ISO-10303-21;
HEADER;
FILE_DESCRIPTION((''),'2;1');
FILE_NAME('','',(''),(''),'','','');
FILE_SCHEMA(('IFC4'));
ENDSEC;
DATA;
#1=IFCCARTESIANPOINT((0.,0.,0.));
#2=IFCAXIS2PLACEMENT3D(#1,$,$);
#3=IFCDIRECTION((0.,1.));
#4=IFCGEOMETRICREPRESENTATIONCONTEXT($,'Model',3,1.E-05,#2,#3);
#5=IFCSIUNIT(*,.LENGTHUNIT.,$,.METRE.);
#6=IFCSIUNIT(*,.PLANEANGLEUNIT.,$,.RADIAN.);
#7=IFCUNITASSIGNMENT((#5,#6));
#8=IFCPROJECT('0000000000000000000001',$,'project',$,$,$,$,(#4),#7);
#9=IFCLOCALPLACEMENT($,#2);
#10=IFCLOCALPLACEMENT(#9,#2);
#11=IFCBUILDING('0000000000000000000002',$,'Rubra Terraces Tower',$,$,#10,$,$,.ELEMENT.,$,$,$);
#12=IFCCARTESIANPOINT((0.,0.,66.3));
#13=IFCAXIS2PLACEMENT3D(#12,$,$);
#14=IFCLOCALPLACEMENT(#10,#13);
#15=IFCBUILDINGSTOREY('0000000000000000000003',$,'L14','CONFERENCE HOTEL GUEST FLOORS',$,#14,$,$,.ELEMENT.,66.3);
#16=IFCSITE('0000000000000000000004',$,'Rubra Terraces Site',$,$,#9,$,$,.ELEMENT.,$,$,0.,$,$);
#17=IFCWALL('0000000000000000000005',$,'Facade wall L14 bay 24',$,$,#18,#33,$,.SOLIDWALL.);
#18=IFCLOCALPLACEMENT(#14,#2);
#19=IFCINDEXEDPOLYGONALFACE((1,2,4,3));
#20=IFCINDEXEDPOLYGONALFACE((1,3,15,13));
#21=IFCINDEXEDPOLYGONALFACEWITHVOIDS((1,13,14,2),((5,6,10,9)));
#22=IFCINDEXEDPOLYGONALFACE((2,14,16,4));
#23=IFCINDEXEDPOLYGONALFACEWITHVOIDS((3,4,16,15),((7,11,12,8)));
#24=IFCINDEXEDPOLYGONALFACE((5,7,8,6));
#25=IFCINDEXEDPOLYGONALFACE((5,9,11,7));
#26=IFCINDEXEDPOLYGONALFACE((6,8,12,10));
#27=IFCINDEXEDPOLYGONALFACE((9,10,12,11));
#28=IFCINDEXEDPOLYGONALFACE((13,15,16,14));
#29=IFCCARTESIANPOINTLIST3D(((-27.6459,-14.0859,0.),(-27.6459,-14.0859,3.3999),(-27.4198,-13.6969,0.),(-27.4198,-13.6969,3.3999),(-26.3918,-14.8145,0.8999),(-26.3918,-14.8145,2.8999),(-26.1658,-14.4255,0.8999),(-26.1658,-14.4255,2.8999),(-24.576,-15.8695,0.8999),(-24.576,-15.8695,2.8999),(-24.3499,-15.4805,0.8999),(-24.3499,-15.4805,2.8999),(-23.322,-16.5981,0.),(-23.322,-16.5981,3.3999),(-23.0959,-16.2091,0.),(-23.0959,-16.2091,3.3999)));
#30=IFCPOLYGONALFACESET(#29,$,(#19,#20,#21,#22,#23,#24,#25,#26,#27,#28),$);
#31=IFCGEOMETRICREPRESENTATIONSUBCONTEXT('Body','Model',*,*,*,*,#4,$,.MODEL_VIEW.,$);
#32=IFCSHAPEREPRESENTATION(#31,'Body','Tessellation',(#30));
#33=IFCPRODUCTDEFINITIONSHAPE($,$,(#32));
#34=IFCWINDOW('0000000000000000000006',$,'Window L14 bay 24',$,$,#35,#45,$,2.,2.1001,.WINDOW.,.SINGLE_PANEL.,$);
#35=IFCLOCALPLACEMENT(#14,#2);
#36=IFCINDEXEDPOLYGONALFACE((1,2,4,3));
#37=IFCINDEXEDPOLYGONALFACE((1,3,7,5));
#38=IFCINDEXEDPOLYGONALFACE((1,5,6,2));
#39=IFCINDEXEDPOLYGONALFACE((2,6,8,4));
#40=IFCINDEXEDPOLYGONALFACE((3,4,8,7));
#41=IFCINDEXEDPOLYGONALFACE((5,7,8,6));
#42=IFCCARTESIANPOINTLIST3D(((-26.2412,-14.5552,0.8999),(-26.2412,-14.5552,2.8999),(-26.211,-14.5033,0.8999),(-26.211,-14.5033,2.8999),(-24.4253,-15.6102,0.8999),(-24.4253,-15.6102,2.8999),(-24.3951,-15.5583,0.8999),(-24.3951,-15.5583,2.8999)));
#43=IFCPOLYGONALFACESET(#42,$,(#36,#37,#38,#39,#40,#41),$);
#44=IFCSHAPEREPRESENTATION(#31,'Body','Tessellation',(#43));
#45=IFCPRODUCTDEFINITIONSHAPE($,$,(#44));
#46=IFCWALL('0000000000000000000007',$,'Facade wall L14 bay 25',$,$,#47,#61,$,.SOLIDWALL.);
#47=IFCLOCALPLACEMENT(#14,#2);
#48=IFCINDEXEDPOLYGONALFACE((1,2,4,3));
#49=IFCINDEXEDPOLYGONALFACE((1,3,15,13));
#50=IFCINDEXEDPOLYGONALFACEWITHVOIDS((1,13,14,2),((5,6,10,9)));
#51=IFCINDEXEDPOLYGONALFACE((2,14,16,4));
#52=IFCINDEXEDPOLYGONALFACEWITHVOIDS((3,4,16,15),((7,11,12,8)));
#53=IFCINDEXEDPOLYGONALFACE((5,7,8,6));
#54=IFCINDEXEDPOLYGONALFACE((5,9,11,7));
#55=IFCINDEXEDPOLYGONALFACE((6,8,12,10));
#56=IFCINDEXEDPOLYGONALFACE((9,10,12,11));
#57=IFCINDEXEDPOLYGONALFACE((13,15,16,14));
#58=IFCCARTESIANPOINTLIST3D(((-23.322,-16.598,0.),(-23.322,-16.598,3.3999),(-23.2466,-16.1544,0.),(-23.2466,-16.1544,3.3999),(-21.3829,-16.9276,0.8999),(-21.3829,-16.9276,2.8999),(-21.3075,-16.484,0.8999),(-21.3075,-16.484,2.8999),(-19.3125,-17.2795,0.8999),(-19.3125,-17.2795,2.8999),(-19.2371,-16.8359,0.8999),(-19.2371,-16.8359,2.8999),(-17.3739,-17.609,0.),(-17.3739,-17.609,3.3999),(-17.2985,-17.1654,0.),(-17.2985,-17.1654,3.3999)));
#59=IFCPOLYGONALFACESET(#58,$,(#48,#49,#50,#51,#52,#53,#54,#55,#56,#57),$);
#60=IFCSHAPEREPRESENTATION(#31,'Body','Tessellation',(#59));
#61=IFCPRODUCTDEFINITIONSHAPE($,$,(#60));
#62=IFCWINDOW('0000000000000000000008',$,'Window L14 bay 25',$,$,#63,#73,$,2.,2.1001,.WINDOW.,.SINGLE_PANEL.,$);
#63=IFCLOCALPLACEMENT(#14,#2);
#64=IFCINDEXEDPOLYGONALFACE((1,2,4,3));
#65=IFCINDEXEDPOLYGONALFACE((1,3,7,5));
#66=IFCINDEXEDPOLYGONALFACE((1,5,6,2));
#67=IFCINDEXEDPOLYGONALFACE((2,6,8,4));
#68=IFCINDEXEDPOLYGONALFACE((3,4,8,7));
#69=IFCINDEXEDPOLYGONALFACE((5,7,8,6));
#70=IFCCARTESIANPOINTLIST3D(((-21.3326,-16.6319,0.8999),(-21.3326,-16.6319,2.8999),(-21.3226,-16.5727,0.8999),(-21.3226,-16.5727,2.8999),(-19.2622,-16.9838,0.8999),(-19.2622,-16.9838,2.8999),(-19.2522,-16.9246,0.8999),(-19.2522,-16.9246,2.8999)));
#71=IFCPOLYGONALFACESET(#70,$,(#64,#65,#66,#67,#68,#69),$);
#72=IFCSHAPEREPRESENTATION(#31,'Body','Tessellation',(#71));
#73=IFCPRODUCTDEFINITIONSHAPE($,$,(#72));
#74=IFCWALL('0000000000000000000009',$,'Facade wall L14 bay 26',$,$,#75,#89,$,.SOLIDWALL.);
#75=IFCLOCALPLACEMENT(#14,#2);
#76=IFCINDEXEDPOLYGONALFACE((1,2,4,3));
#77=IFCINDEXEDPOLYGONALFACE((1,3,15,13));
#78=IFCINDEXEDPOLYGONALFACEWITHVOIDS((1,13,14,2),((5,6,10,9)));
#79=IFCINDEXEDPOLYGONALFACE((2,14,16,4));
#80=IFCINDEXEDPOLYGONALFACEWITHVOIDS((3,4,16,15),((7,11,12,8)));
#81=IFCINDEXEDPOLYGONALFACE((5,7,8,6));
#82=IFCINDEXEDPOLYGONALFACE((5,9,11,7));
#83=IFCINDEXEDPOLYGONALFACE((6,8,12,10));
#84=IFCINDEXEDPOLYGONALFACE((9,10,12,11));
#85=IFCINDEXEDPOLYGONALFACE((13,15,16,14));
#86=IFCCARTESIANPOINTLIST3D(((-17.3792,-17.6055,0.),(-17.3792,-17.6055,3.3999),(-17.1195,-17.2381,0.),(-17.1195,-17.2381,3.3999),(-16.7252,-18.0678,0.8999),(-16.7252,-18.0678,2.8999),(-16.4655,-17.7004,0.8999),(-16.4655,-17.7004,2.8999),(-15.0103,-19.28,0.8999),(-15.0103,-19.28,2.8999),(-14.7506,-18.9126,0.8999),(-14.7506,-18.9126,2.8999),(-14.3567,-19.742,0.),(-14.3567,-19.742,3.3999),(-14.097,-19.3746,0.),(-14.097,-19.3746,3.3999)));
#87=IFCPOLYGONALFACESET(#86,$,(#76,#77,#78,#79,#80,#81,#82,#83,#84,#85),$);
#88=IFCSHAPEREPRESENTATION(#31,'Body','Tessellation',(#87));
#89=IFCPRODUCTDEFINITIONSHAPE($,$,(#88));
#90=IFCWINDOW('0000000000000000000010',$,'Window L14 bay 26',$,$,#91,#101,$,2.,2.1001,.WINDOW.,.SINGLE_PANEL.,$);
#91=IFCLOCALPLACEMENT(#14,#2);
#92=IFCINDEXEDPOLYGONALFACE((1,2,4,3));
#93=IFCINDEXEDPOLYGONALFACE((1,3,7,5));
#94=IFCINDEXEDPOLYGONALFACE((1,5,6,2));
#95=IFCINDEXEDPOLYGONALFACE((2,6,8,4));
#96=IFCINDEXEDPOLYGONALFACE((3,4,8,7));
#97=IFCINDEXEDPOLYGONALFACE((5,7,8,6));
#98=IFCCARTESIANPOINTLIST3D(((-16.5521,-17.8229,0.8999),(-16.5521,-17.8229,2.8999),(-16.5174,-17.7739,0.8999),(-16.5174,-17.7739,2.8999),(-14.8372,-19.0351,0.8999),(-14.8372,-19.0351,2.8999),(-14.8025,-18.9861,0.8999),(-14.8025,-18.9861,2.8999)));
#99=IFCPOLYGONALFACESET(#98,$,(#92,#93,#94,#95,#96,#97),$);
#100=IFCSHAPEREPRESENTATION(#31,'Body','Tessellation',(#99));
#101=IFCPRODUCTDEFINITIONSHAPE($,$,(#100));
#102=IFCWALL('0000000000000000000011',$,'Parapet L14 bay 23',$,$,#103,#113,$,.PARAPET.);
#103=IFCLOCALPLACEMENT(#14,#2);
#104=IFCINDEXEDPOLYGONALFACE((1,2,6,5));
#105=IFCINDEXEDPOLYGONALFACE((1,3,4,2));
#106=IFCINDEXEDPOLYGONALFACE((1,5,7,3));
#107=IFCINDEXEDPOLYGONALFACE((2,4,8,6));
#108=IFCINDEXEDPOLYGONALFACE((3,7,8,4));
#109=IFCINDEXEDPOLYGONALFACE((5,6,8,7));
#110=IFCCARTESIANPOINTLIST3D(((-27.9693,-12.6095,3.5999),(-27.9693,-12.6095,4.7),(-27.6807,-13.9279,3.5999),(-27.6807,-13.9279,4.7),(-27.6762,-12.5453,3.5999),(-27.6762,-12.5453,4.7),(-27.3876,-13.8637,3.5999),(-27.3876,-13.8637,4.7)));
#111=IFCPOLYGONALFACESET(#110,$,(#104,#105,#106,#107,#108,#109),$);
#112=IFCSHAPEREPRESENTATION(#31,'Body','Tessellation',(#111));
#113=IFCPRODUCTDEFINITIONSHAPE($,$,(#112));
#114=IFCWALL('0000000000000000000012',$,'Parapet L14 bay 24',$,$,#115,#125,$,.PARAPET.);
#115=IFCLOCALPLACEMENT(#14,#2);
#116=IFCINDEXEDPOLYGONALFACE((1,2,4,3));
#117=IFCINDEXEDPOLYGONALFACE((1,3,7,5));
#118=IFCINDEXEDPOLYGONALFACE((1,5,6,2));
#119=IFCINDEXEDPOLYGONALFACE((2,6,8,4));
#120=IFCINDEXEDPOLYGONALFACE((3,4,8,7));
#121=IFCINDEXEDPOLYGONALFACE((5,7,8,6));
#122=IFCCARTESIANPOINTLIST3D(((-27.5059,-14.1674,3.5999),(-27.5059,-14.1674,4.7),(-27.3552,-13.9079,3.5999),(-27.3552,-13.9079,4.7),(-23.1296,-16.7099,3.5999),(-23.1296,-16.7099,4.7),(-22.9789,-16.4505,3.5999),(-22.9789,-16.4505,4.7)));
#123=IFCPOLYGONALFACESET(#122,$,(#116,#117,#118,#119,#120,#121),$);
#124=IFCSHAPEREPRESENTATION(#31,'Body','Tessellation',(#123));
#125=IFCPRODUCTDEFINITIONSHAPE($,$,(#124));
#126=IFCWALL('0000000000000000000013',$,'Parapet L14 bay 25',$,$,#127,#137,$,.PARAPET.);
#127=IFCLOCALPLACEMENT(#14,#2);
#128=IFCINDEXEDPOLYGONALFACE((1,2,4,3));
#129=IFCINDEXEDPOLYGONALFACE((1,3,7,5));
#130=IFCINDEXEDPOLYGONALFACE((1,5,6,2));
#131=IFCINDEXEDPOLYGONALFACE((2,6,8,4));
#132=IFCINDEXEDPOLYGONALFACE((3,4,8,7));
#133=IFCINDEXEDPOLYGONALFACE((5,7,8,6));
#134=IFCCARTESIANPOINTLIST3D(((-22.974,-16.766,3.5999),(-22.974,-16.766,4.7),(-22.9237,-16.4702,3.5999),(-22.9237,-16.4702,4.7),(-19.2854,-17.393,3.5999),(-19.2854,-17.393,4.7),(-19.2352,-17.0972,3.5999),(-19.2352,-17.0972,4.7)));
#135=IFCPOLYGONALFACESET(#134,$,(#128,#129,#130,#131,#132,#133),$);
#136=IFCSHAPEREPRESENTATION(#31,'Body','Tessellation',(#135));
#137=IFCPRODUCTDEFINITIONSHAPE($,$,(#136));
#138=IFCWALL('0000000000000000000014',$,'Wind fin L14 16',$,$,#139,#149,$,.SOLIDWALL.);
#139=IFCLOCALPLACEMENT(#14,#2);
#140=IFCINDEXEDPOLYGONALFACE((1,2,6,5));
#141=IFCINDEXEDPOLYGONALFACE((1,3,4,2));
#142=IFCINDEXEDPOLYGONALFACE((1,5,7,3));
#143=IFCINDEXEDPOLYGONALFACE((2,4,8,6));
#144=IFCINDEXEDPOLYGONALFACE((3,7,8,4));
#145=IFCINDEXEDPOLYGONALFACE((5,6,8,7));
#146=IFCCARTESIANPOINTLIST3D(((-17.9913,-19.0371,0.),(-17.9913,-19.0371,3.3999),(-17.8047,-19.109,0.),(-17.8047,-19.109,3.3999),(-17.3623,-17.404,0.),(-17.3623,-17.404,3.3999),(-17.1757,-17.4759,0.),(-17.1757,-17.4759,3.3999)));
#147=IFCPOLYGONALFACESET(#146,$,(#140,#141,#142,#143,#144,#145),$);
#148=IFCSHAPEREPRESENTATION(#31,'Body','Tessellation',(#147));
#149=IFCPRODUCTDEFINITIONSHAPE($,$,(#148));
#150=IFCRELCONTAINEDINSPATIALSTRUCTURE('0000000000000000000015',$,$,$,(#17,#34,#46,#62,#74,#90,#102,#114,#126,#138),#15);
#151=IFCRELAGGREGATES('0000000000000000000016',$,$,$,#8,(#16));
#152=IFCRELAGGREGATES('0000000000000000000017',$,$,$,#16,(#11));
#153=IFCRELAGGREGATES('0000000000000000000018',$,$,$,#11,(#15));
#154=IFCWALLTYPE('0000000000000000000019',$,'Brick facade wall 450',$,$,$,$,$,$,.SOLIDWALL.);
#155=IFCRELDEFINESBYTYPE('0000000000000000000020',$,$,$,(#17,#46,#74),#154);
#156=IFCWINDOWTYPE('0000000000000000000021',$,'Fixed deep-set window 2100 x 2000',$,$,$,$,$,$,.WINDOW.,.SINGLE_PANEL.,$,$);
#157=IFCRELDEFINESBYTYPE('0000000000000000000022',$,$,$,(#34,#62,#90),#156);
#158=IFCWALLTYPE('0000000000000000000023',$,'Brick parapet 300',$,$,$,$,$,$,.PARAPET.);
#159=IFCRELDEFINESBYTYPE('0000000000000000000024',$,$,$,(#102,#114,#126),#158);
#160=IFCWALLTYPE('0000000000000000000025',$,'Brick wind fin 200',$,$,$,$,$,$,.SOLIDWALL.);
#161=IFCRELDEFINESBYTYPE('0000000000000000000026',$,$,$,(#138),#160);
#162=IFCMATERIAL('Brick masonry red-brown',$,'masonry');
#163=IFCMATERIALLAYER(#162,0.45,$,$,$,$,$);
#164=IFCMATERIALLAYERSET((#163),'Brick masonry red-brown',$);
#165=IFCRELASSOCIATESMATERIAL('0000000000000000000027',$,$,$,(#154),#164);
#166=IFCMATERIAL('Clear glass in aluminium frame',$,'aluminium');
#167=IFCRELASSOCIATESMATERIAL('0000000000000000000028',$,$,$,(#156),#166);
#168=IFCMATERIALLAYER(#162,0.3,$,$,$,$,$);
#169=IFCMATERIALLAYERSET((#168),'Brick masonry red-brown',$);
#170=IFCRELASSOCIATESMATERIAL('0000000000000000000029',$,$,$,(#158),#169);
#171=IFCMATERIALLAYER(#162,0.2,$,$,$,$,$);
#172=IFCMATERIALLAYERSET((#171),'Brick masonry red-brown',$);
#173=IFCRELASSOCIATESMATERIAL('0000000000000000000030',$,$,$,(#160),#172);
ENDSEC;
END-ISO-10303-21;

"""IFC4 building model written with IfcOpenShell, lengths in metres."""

from ifc_helpers import new_model, si_unit, direction, frame, frame_2d, origin, place, context, subcontext, project, spatial, rectangle, extrude, material, layer, layer_set, type_object, element, fill, save


model = new_model("IFC4")

# Units and contexts
model_context = context("Model", 3, precision=1e-05, world=origin(), true_north=direction((0.0, 1.0)))
body_context = subcontext(model_context, "Body", "Model", "MODEL_VIEW")
ifc_project = project(units=[si_unit("LENGTHUNIT", "METRE"), si_unit("PLANEANGLEUNIT", "RADIAN")], contexts=[model_context])

# Site, building, storey
site_placement = place(None, origin())
site = spatial("IfcSite", under=ifc_project, at=site_placement, Name="Rubra Terraces Site", CompositionType="ELEMENT", RefElevation=0.0)
building_placement = place(site_placement, origin())
building = spatial("IfcBuilding", under=site, at=building_placement, Name="Rubra Terraces Tower", CompositionType="ELEMENT")
storey_placement = place(building_placement, frame((0.0, 0.0, 66.3)))
storey = spatial("IfcBuildingStorey", under=building, at=storey_placement, Name="L14", Description="CONFERENCE HOTEL GUEST FLOORS", CompositionType="ELEMENT", Elevation=66.3)

# Walls, openings, windows
ifc_material_1 = material(Name="Brick masonry red-brown", Category="masonry")
ifc_layer_1 = layer(ifc_material_1, 0.45)
ifc_layer_set_1 = layer_set([ifc_layer_1], Name="Brick masonry red-brown")
wall_type_1 = type_object("IfcWallType", Name="Brick facade wall 450", PredefinedType="SOLIDWALL", material=ifc_layer_set_1)
wall_1_placement = place(storey_placement, frame((-27.533, -13.8914, 0.0), z_axis=(0.0, 0.0, 1.0), x_axis=(0.864658, -0.502362, 0.0)))
wall_1 = element("IfcWall", 1, at=wall_1_placement, inside=storey, type_object=wall_type_1, Name="Facade wall L14 bay 24", PredefinedType="SOLIDWALL", context=body_context, shape_type="SweptSolid", body=[
    extrude(rectangle(XDim=5.0007, YDim=0.45, at=frame_2d((2.5005, 0.0))), origin(), (0.0, 0.0, 1.0), 3.3999),
])
opening_1_placement = place(wall_1_placement, frame((1.4504, 0.0, 0.8999)))
opening_1 = element("IfcOpeningElement", 2, at=opening_1_placement, cuts=wall_1, PredefinedType="OPENING", context=body_context, shape_type="SweptSolid", body=[
    extrude(rectangle(XDim=2.1001, YDim=2.0, at=frame_2d((1.05, 1.0))), frame((0.0, 0.2349, 0.0), z_axis=(0.0, -1.0, 0.0), x_axis=(1.0, 0.0, 0.0)), (0.0, 0.0, 1.0), 0.47),
])
ifc_material_2 = material(Name="Clear glass in aluminium frame", Category="aluminium")
window_type = type_object("IfcWindowType", Name="Fixed deep-set window 2100 x 2000", PartitioningType="SINGLE_PANEL", PredefinedType="WINDOW", material=ifc_material_2)
window_1_placement = place(opening_1_placement, origin())
window_1 = element("IfcWindow", 3, at=window_1_placement, inside=storey, type_object=window_type, Name="Window L14 bay 24", OverallHeight=2.0, OverallWidth=2.1001, PartitioningType="SINGLE_PANEL", PredefinedType="WINDOW", context=body_context, shape_type="SweptSolid", body=[
    extrude(rectangle(XDim=2.1001, YDim=2.0, at=frame_2d((1.05, 1.0))), frame((0.0, 0.135, 0.0), z_axis=(0.0, -1.0, 0.0), x_axis=(1.0, 0.0, 0.0)), (0.0, 0.0, 1.0), 0.0601),
])
fill(opening_1, window_1)
wall_2_placement = place(storey_placement, frame((-23.2842, -16.3762, 0.0), z_axis=(0.0, 0.0, 1.0), x_axis=(0.985862, -0.167561, 0.0)))
wall_2 = element("IfcWall", 4, at=wall_2_placement, inside=storey, type_object=wall_type_1, Name="Facade wall L14 bay 25", PredefinedType="SOLIDWALL", context=body_context, shape_type="SweptSolid", body=[
    extrude(rectangle(XDim=6.0334, YDim=0.45, at=frame_2d((3.0166, 0.0))), origin(), (0.0, 0.0, 1.0), 3.3999),
])
opening_2_placement = place(wall_2_placement, frame((1.9668, 0.0, 0.8999)))
opening_2 = element("IfcOpeningElement", 5, at=opening_2_placement, cuts=wall_2, PredefinedType="OPENING", context=body_context, shape_type="SweptSolid", body=[
    extrude(rectangle(XDim=2.1001, YDim=2.0, at=frame_2d((1.05, 1.0))), frame((0.0, 0.2349, 0.0), z_axis=(0.0, -1.0, 0.0), x_axis=(1.0, 0.0, 0.0)), (0.0, 0.0, 1.0), 0.47),
])
window_2_placement = place(opening_2_placement, origin())
window_2 = element("IfcWindow", 6, at=window_2_placement, inside=storey, type_object=window_type, Name="Window L14 bay 25", OverallHeight=2.0, OverallWidth=2.1001, PartitioningType="SINGLE_PANEL", PredefinedType="WINDOW", context=body_context, shape_type="SweptSolid", body=[
    extrude(rectangle(XDim=2.1001, YDim=2.0, at=frame_2d((1.05, 1.0))), frame((0.0, 0.135, 0.0), z_axis=(0.0, -1.0, 0.0), x_axis=(1.0, 0.0, 0.0)), (0.0, 0.0, 1.0), 0.0601),
])
fill(opening_2, window_2)
wall_3_placement = place(storey_placement, frame((-17.2493, -17.4219, 0.0), z_axis=(0.0, 0.0, 1.0), x_axis=(0.816589, -0.577219, 0.0)))
wall_3 = element("IfcWall", 7, at=wall_3_placement, inside=storey, type_object=wall_type_1, Name="Facade wall L14 bay 26", PredefinedType="SOLIDWALL", context=body_context, shape_type="SweptSolid", body=[
    extrude(rectangle(XDim=3.7014, YDim=0.45, at=frame_2d((1.8506, 0.0))), origin(), (0.0, 0.0, 1.0), 3.3999),
])
opening_3_placement = place(wall_3_placement, frame((0.8008, 0.0, 0.8999)))
opening_3 = element("IfcOpeningElement", 8, at=opening_3_placement, cuts=wall_3, PredefinedType="OPENING", context=body_context, shape_type="SweptSolid", body=[
    extrude(rectangle(XDim=2.1001, YDim=2.0, at=frame_2d((1.05, 1.0))), frame((0.0, 0.2349, 0.0), z_axis=(0.0, -1.0, 0.0), x_axis=(1.0, 0.0, 0.0)), (0.0, 0.0, 1.0), 0.47),
])
window_3_placement = place(opening_3_placement, origin())
window_3 = element("IfcWindow", 9, at=window_3_placement, inside=storey, type_object=window_type, Name="Window L14 bay 26", OverallHeight=2.0, OverallWidth=2.1001, PartitioningType="SINGLE_PANEL", PredefinedType="WINDOW", context=body_context, shape_type="SweptSolid", body=[
    extrude(rectangle(XDim=2.1001, YDim=2.0, at=frame_2d((1.05, 1.0))), frame((0.0, 0.135, 0.0), z_axis=(0.0, -1.0, 0.0), x_axis=(1.0, 0.0, 0.0)), (0.0, 0.0, 1.0), 0.0601),
])
fill(opening_3, window_3)

# Walls
ifc_layer_2 = layer(ifc_material_1, 0.3)
ifc_layer_set_2 = layer_set([ifc_layer_2], Name="Brick masonry red-brown")
wall_type_2 = type_object("IfcWallType", Name="Brick parapet 300", PredefinedType="PARAPET", material=ifc_layer_set_2)
wall_4_placement = place(storey_placement, frame((-27.8228, -12.5774, 3.5999), z_axis=(0.0, 0.0, 1.0), x_axis=(0.213826, -0.976872, 0.0)))
element("IfcWall", 10, at=wall_4_placement, inside=storey, type_object=wall_type_2, Name="Parapet L14 bay 23", PredefinedType="PARAPET", context=body_context, shape_type="SweptSolid", body=[
    extrude(rectangle(XDim=1.3496, YDim=0.3, at=frame_2d((0.6748, 0.0))), origin(), (0.0, 0.0, 1.0), 1.1001),
])
wall_5_placement = place(storey_placement, frame((-27.4307, -14.0376, 3.5999), z_axis=(0.0, 0.0, 1.0), x_axis=(0.864665, -0.50235, 0.0)))
element("IfcWall", 11, at=wall_5_placement, inside=storey, type_object=wall_type_2, Name="Parapet L14 bay 24", PredefinedType="PARAPET", context=body_context, shape_type="SweptSolid", body=[
    extrude(rectangle(XDim=5.0613, YDim=0.3, at=frame_2d((2.5308, 0.0))), origin(), (0.0, 0.0, 1.0), 1.1001),
])
wall_6_placement = place(storey_placement, frame((-22.9487, -16.6182, 3.5999), z_axis=(0.0, 0.0, 1.0), x_axis=(0.98586, -0.167573, 0.0)))
element("IfcWall", 12, at=wall_6_placement, inside=storey, type_object=wall_type_2, Name="Parapet L14 bay 25", PredefinedType="PARAPET", context=body_context, shape_type="SweptSolid", body=[
    extrude(rectangle(XDim=3.7415, YDim=0.3, at=frame_2d((1.8706, 0.0))), origin(), (0.0, 0.0, 1.0), 1.1001),
])
ifc_layer_3 = layer(ifc_material_1, 0.2)
ifc_layer_set_3 = layer_set([ifc_layer_3], Name="Brick masonry red-brown")
wall_type_3 = type_object("IfcWallType", Name="Brick wind fin 200", PredefinedType="SOLIDWALL", material=ifc_layer_set_3)
wall_7_placement = place(storey_placement, frame((-17.269, -17.4399, 0.0), z_axis=(0.0, 0.0, 1.0), x_axis=(-0.359381, -0.933191, 0.0)))
element("IfcWall", 13, at=wall_7_placement, inside=storey, type_object=wall_type_3, Name="Wind fin L14 16", PredefinedType="SOLIDWALL", context=body_context, shape_type="SweptSolid", body=[
    extrude(rectangle(XDim=1.75, YDim=0.2, at=frame_2d((0.875, 0.0))), origin(), (0.0, 0.0, 1.0), 3.3999),
])

save(model, "model.ifc")
